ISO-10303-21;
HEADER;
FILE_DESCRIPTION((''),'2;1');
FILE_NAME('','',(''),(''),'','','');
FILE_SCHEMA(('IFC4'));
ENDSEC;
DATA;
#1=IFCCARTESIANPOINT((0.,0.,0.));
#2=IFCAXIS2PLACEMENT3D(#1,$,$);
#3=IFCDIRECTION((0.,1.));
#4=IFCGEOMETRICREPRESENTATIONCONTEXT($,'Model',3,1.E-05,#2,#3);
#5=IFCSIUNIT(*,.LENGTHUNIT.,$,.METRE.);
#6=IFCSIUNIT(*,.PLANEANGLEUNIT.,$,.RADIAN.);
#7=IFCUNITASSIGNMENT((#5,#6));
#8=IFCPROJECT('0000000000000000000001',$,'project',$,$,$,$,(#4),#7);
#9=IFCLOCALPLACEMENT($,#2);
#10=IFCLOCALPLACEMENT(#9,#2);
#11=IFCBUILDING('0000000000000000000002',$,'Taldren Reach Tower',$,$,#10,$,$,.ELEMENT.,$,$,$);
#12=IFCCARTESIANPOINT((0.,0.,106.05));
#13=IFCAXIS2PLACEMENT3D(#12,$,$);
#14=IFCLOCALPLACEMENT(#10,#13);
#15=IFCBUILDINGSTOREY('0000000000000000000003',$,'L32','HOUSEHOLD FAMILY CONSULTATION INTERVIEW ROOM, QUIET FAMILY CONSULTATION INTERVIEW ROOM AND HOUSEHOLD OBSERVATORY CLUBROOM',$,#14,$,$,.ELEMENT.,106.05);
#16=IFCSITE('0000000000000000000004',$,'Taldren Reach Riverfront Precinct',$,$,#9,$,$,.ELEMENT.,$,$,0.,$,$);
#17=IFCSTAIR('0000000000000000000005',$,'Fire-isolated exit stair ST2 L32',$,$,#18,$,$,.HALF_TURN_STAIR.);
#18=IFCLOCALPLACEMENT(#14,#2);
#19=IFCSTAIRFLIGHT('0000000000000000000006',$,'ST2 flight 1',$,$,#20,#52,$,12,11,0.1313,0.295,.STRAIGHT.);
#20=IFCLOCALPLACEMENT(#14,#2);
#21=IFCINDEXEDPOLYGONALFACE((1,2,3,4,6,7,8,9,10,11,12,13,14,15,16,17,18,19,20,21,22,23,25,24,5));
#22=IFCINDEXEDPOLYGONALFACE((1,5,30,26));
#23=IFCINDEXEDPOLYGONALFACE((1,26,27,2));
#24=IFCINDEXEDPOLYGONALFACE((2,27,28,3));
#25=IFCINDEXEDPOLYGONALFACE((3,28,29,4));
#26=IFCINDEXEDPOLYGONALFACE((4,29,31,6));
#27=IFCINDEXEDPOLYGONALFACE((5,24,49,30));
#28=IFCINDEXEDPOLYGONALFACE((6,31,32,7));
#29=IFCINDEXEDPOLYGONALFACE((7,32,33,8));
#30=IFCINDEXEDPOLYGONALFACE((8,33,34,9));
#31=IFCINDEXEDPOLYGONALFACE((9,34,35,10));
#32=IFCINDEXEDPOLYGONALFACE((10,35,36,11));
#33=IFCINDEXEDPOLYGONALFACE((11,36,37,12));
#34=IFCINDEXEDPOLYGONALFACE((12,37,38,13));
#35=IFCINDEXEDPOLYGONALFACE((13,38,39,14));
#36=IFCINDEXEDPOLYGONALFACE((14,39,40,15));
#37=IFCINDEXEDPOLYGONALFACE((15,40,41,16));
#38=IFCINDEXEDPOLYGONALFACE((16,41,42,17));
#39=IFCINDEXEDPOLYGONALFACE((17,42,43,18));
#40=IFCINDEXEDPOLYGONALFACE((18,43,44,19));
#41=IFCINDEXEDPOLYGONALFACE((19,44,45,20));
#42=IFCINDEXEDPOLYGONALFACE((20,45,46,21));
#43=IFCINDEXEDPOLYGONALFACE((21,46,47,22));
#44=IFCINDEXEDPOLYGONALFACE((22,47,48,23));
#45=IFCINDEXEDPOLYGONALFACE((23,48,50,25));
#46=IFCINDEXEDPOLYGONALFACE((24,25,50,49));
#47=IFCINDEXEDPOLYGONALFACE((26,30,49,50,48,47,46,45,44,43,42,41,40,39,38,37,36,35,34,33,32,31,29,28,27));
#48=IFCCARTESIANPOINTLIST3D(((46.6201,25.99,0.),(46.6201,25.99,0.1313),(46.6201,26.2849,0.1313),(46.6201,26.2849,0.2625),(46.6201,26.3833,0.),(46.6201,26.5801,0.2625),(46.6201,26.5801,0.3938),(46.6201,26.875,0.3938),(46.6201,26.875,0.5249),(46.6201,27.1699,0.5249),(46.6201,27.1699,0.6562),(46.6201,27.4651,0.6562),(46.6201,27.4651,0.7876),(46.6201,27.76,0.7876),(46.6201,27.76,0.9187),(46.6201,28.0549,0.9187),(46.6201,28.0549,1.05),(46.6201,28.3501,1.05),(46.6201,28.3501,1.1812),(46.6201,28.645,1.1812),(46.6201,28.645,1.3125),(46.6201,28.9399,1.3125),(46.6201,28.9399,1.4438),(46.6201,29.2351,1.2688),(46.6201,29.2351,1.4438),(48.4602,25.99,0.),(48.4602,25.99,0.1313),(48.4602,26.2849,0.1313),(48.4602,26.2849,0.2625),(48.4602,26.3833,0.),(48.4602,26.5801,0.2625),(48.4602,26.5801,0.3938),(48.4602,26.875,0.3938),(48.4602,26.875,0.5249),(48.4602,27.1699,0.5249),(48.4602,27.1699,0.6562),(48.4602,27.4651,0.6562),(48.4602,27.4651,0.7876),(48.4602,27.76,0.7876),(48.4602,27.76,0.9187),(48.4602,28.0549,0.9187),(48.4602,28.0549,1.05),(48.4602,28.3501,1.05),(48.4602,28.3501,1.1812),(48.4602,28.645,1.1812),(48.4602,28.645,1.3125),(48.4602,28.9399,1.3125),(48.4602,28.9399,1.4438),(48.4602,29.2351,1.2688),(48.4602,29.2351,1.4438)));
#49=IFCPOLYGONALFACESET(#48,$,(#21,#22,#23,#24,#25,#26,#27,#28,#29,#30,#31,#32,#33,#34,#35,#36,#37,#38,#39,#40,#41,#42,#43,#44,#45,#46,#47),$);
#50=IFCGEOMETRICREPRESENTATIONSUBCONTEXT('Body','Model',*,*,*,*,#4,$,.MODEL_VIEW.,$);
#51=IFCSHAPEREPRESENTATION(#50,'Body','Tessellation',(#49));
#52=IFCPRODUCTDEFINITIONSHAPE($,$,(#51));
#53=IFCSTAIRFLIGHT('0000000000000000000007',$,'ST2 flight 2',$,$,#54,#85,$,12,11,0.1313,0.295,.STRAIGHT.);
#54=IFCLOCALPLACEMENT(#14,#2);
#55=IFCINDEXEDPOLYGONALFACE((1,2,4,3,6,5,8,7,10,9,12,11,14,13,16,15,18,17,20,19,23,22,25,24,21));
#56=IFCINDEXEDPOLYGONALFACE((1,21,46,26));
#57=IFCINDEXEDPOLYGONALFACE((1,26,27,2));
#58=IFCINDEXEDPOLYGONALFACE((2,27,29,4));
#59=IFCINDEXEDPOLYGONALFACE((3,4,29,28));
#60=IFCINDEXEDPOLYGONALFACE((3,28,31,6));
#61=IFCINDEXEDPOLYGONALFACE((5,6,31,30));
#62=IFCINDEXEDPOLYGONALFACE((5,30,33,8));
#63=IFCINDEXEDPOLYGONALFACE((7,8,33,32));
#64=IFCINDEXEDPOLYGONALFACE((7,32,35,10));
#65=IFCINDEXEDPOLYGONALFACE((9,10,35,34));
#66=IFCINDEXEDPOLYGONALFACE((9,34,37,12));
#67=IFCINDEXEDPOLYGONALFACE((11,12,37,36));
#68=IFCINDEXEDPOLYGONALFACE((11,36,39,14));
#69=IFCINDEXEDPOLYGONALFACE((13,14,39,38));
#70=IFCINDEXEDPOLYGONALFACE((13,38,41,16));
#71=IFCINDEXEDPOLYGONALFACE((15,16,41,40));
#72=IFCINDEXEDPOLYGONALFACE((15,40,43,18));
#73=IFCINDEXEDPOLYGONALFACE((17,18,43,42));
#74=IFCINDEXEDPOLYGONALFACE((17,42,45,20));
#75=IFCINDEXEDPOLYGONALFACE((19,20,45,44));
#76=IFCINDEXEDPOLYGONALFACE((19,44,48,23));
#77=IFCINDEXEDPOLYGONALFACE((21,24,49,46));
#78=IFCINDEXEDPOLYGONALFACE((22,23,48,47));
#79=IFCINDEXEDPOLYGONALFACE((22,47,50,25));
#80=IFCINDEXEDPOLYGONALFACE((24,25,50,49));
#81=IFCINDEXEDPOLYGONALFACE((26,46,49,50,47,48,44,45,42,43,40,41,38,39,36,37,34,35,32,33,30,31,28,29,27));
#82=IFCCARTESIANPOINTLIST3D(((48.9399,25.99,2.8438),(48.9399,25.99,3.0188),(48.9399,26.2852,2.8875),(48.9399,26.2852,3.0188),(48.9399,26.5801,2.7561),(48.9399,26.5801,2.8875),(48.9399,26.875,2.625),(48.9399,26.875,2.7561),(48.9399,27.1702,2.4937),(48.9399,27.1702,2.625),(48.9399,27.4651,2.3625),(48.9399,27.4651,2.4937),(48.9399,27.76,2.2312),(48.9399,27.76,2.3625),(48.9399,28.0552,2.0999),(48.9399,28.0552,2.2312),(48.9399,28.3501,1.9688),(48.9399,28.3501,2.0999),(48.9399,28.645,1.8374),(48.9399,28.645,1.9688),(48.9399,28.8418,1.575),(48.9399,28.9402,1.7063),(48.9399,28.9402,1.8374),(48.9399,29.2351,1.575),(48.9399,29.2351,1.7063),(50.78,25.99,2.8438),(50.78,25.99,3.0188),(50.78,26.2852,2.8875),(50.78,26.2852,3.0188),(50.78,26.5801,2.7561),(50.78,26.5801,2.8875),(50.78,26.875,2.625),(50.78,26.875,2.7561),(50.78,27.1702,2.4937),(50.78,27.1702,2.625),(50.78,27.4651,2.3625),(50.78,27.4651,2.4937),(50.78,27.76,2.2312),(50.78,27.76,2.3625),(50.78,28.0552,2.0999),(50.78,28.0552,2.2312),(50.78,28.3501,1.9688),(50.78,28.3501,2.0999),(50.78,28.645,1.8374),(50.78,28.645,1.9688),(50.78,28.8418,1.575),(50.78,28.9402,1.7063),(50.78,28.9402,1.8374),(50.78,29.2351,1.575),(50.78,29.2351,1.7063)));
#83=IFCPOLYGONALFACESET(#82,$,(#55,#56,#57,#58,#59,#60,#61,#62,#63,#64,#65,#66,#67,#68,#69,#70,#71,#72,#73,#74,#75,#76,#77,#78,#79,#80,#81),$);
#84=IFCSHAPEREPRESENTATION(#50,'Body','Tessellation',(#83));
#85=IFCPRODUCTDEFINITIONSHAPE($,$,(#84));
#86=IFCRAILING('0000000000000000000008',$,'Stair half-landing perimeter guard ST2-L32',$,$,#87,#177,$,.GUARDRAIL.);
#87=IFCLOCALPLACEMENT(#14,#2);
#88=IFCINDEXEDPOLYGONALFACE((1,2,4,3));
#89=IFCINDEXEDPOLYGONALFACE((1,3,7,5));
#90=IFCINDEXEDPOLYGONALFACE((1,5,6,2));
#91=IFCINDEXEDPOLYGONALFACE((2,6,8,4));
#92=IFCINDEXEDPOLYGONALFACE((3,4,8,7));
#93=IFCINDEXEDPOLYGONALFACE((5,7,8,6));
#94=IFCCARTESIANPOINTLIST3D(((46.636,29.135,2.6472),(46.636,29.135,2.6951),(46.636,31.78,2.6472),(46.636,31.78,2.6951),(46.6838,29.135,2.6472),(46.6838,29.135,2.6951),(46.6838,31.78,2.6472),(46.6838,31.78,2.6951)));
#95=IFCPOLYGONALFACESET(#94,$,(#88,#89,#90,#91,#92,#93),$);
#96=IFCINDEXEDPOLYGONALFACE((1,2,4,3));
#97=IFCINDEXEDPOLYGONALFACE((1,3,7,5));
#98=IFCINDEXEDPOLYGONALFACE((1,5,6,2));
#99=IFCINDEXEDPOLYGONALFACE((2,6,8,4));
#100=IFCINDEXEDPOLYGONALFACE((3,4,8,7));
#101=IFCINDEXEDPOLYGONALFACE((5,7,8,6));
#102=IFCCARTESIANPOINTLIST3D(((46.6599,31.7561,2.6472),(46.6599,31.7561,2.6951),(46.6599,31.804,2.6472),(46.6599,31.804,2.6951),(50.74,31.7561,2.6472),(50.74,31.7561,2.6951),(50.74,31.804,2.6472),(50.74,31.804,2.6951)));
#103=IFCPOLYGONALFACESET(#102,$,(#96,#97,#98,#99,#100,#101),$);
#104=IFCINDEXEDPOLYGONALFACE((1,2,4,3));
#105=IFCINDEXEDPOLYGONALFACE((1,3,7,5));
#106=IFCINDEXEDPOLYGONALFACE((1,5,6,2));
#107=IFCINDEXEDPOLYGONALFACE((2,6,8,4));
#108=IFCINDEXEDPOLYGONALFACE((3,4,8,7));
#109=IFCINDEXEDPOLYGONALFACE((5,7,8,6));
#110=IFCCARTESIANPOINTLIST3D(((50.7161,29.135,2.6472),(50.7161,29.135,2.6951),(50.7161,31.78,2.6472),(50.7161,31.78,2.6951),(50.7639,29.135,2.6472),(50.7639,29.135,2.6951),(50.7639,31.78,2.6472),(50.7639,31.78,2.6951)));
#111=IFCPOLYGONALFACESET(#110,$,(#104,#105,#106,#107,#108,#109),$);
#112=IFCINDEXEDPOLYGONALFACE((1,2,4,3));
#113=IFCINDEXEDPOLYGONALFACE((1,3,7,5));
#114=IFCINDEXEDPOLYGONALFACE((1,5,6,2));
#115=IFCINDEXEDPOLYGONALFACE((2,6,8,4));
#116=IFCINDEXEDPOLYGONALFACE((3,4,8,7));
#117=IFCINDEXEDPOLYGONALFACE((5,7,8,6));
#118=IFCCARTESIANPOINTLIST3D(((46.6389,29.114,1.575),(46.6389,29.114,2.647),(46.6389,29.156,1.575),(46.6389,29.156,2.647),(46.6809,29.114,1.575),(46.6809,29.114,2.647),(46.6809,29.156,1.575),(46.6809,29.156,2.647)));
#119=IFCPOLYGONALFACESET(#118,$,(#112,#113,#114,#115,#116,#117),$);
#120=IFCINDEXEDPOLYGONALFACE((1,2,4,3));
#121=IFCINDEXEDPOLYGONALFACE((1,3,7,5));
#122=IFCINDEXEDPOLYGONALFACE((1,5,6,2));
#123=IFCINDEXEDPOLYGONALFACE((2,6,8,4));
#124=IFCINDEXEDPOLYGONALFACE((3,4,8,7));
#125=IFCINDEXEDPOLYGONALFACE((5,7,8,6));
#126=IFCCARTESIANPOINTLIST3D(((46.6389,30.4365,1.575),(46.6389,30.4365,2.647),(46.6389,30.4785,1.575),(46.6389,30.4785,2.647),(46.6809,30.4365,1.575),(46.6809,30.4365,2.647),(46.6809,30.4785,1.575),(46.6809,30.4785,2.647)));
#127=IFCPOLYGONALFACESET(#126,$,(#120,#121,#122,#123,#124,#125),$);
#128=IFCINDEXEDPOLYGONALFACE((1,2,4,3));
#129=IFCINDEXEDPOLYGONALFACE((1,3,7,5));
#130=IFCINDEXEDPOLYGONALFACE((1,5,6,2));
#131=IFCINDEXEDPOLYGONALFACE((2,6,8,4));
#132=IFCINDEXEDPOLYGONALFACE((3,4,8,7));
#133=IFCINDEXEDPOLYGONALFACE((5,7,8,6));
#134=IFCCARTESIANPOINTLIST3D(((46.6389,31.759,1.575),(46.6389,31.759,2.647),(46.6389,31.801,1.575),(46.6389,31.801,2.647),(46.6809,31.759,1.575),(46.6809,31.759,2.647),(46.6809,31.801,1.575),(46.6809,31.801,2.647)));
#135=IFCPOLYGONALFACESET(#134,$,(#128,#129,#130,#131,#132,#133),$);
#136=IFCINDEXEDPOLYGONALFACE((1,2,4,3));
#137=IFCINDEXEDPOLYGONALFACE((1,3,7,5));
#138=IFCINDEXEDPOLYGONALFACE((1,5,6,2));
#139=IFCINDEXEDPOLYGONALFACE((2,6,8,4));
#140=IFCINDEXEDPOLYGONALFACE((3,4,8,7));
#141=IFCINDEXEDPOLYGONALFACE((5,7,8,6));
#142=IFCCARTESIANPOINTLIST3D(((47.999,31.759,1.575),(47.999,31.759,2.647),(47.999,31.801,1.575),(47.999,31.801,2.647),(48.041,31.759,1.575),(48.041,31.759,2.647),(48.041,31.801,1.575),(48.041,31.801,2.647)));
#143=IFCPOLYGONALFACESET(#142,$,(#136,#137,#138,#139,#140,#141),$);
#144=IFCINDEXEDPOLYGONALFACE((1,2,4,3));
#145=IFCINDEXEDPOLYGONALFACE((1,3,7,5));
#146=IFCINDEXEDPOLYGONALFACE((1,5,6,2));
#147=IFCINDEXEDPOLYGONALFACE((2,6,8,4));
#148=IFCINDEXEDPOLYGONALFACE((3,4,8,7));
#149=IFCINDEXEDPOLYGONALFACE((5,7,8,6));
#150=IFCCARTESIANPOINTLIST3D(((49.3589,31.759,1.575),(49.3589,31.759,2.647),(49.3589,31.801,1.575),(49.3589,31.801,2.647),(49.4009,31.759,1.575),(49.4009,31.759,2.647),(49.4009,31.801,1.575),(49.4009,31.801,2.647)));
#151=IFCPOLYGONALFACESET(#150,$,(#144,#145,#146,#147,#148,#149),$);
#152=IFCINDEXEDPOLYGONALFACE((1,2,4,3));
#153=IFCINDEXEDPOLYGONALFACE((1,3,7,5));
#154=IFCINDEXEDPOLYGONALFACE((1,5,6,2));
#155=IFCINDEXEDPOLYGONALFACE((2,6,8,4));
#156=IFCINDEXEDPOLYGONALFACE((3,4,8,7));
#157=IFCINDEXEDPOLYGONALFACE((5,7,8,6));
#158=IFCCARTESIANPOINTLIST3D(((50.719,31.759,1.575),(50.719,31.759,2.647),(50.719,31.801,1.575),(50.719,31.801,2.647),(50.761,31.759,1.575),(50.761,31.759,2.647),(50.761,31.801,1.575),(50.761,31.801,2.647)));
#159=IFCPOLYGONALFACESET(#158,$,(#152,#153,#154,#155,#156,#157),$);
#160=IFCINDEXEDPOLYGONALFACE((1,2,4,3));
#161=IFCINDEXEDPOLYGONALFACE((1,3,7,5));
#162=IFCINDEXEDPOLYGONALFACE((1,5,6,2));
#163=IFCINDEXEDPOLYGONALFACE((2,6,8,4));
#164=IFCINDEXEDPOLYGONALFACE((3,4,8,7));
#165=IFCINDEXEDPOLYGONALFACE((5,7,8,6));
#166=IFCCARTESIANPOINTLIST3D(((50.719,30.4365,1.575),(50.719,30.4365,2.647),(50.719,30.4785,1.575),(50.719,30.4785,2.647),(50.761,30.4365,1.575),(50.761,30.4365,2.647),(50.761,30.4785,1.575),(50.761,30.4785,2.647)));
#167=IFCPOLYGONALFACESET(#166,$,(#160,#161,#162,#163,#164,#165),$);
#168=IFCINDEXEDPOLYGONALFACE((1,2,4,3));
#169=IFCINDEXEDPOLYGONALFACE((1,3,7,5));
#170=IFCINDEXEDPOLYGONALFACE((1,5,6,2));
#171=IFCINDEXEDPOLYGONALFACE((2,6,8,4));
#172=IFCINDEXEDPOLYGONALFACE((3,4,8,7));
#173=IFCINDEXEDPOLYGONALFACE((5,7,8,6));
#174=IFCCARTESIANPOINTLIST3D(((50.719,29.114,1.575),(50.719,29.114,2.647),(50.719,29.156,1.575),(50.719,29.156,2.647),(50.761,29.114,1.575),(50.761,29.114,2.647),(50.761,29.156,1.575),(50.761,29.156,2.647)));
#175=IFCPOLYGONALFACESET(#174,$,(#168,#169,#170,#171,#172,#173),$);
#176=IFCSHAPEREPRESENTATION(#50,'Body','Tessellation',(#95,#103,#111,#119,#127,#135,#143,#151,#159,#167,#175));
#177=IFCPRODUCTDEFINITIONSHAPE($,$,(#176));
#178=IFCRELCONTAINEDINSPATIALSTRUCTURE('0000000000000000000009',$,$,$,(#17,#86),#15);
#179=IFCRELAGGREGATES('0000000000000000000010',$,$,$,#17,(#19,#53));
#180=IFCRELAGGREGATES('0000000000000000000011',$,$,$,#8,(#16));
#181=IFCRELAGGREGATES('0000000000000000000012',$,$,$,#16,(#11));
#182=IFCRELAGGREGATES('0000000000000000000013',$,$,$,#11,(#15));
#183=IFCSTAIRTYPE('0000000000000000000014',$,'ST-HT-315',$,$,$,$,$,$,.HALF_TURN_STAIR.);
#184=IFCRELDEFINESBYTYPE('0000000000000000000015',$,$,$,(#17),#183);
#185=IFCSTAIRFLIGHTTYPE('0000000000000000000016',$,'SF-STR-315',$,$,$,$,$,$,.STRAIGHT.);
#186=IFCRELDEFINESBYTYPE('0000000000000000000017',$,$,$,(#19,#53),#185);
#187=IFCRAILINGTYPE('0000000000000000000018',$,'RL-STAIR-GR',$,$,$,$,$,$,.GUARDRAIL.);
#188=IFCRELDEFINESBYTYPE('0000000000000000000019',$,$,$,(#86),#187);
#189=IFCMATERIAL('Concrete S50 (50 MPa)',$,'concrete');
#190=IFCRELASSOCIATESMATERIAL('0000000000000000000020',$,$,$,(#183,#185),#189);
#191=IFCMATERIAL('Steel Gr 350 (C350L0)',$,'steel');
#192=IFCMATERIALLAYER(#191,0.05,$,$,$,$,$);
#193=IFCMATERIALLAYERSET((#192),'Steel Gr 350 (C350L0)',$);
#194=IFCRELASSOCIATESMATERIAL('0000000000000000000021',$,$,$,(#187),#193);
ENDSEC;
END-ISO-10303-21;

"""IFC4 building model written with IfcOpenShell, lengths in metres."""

from ifc_helpers import new_model, si_unit, direction, frame, origin, origin_2d, place, context, subcontext, project, spatial, polyline, rectangle, outline, extrude, material, layer, layer_set, type_object, element, aggregate, save


model = new_model("IFC4")

# Units and contexts
model_context = context("Model", 3, precision=1e-05, world=origin(), true_north=direction((0.0, 1.0)))
body_context = subcontext(model_context, "Body", "Model", "MODEL_VIEW")
ifc_project = project(units=[si_unit("LENGTHUNIT", "METRE"), si_unit("PLANEANGLEUNIT", "RADIAN")], contexts=[model_context])

# Site, building, storey
site_placement = place(None, origin())
site = spatial("IfcSite", under=ifc_project, at=site_placement, Name="Taldren Reach Riverfront Precinct", CompositionType="ELEMENT", RefElevation=0.0)
building_placement = place(site_placement, origin())
building = spatial("IfcBuilding", under=site, at=building_placement, Name="Taldren Reach Tower", CompositionType="ELEMENT")
storey_placement = place(building_placement, frame((0.0, 0.0, 106.05)))
storey = spatial("IfcBuildingStorey", under=building, at=storey_placement, Name="L32", Description="HOUSEHOLD FAMILY CONSULTATION INTERVIEW ROOM, QUIET FAMILY CONSULTATION INTERVIEW ROOM AND HOUSEHOLD OBSERVATORY CLUBROOM", CompositionType="ELEMENT", Elevation=106.05)

# Shared definitions
ifc_material_1 = material(Name="Steel Gr 350 (C350L0)", Category="steel")

# Shared definitions
ifc_material_2 = material(Name="Concrete S50 (50 MPa)", Category="concrete")

# Stair, stair flights
stair_type = type_object("IfcStairType", Name="ST-HT-315", PredefinedType="HALF_TURN_STAIR", material=ifc_material_2)
stair_placement = place(storey_placement, origin())
stair = element("IfcStair", 1, at=stair_placement, inside=storey, type_object=stair_type, Name="Fire-isolated exit stair ST2 L32", PredefinedType="HALF_TURN_STAIR")
stair_flight_type = type_object("IfcStairFlightType", Name="SF-STR-315", PredefinedType="STRAIGHT", material=ifc_material_2)
stair_flight_1_placement = place(storey_placement, frame((47.54, 25.99, 0.0), z_axis=(0.0, 0.0, 1.0), x_axis=(0.0, 1.0, 0.0)))
stair_flight_1 = element("IfcStairFlight", 2, at=stair_flight_1_placement, type_object=stair_flight_type, Name="ST2 flight 1", NumberOfRisers=12, NumberOfTreads=11, PredefinedType="STRAIGHT", RiserHeight=0.1313, TreadLength=0.295, context=body_context, shape_type="SweptSolid", body=[
    extrude(outline(polyline([(0.0, 0.0), (0.0, 0.1313), (0.2949, 0.1313), (0.2949, 0.2625), (0.5901, 0.2625), (0.5901, 0.3938), (0.885, 0.3938), (0.885, 0.5249), (1.1799, 0.5249), (1.1799, 0.6562), (1.4751, 0.6562), (1.4751, 0.7876), (1.77, 0.7876), (1.77, 0.9187), (2.0649, 0.9187), (2.0649, 1.05), (2.3601, 1.05), (2.3601, 1.1812), (2.655, 1.1812), (2.655, 1.3125), (2.95, 1.3125), (2.95, 1.4438), (3.2451, 1.4438), (3.2451, 1.575), (3.2451, 1.2688), (0.3933, 0.0), (0.0, 0.0)])), frame((0.0, 0.9199, 0.0), z_axis=(0.0, -1.0, 0.0), x_axis=(1.0, 0.0, 0.0)), (0.0, 0.0, 1.0), 1.8401),
])
stair_flight_2_placement = place(storey_placement, frame((49.8601, 29.2351, 1.575), z_axis=(0.0, 0.0, 1.0), x_axis=(0.0, -1.0, 0.0)))
stair_flight_2 = element("IfcStairFlight", 3, at=stair_flight_2_placement, type_object=stair_flight_type, Name="ST2 flight 2", NumberOfRisers=12, NumberOfTreads=11, PredefinedType="STRAIGHT", RiserHeight=0.1313, TreadLength=0.295, context=body_context, shape_type="SweptSolid", body=[
    extrude(outline(polyline([(0.0, 0.0), (0.0, 0.1313), (0.2949, 0.1313), (0.2949, 0.2625), (0.5901, 0.2625), (0.5901, 0.3938), (0.885, 0.3938), (0.885, 0.5249), (1.1799, 0.5249), (1.1799, 0.6562), (1.4751, 0.6562), (1.4751, 0.7876), (1.77, 0.7876), (1.77, 0.9187), (2.0649, 0.9187), (2.0649, 1.05), (2.3601, 1.05), (2.3601, 1.1812), (2.655, 1.1812), (2.655, 1.3125), (2.95, 1.3125), (2.95, 1.4438), (3.2451, 1.4438), (3.2451, 1.575), (3.2451, 1.2688), (0.3933, 0.0), (0.0, 0.0)])), frame((0.0, 0.9199, 0.0), z_axis=(0.0, -1.0, 0.0), x_axis=(1.0, 0.0, 0.0)), (0.0, 0.0, 1.0), 1.8401),
])
aggregate(stair, [stair_flight_1, stair_flight_2])

# Railing
ifc_layer_1 = layer(ifc_material_1, 0.05)
ifc_layer_set_1 = layer_set([ifc_layer_1], Name="Steel Gr 350 (C350L0)")
railing_type_1 = type_object("IfcRailingType", Name="RL-STAIR-GR", PredefinedType="GUARDRAIL", material=ifc_layer_set_1)
railing_1_placement = place(storey_placement, frame((46.6599, 29.135, 1.575)))
element("IfcRailing", 4, at=railing_1_placement, inside=storey, type_object=railing_type_1, Name="Stair half-landing perimeter guard ST2-L32", PredefinedType="GUARDRAIL", context=body_context, shape_type="SweptSolid", body=[
    extrude(rectangle(XDim=0.0479, YDim=0.0479, at=origin_2d()), frame((0.0, 0.0, 1.0962), z_axis=(0.0, 1.0, 0.0), x_axis=(-1.0, 0.0, 0.0)), (0.0, 0.0, 1.0), 2.645),
    extrude(rectangle(XDim=0.0479, YDim=0.0479, at=origin_2d()), frame((0.0, 2.645, 1.0962), z_axis=(1.0, 0.0, 0.0), x_axis=(0.0, 1.0, 0.0)), (0.0, 0.0, 1.0), 4.0801),
    extrude(rectangle(XDim=0.0479, YDim=0.0479, at=origin_2d()), frame((4.0801, 2.645, 1.0962), z_axis=(0.0, -1.0, 0.0), x_axis=(1.0, 0.0, 0.0)), (0.0, 0.0, 1.0), 2.645),
    extrude(rectangle(XDim=0.042, YDim=0.042, at=origin_2d()), origin(), (0.0, 0.0, 1.0), 1.072),
    extrude(rectangle(XDim=0.042, YDim=0.042, at=origin_2d()), frame((0.0, 1.3225, 0.0)), (0.0, 0.0, 1.0), 1.072),
    extrude(rectangle(XDim=0.042, YDim=0.042, at=origin_2d()), frame((0.0, 2.645, 0.0)), (0.0, 0.0, 1.0), 1.072),
    extrude(rectangle(XDim=0.042, YDim=0.042, at=origin_2d()), frame((1.3601, 2.645, 0.0)), (0.0, 0.0, 1.0), 1.072),
    extrude(rectangle(XDim=0.042, YDim=0.042, at=origin_2d()), frame((2.72, 2.645, 0.0)), (0.0, 0.0, 1.0), 1.072),
    extrude(rectangle(XDim=0.042, YDim=0.042, at=origin_2d()), frame((4.0801, 2.645, 0.0)), (0.0, 0.0, 1.0), 1.072),
    extrude(rectangle(XDim=0.042, YDim=0.042, at=origin_2d()), frame((4.0801, 1.3225, 0.0)), (0.0, 0.0, 1.0), 1.072),
    extrude(rectangle(XDim=0.042, YDim=0.042, at=origin_2d()), frame((4.0801, 0.0, 0.0)), (0.0, 0.0, 1.0), 1.072),
])

save(model, "model.ifc")
